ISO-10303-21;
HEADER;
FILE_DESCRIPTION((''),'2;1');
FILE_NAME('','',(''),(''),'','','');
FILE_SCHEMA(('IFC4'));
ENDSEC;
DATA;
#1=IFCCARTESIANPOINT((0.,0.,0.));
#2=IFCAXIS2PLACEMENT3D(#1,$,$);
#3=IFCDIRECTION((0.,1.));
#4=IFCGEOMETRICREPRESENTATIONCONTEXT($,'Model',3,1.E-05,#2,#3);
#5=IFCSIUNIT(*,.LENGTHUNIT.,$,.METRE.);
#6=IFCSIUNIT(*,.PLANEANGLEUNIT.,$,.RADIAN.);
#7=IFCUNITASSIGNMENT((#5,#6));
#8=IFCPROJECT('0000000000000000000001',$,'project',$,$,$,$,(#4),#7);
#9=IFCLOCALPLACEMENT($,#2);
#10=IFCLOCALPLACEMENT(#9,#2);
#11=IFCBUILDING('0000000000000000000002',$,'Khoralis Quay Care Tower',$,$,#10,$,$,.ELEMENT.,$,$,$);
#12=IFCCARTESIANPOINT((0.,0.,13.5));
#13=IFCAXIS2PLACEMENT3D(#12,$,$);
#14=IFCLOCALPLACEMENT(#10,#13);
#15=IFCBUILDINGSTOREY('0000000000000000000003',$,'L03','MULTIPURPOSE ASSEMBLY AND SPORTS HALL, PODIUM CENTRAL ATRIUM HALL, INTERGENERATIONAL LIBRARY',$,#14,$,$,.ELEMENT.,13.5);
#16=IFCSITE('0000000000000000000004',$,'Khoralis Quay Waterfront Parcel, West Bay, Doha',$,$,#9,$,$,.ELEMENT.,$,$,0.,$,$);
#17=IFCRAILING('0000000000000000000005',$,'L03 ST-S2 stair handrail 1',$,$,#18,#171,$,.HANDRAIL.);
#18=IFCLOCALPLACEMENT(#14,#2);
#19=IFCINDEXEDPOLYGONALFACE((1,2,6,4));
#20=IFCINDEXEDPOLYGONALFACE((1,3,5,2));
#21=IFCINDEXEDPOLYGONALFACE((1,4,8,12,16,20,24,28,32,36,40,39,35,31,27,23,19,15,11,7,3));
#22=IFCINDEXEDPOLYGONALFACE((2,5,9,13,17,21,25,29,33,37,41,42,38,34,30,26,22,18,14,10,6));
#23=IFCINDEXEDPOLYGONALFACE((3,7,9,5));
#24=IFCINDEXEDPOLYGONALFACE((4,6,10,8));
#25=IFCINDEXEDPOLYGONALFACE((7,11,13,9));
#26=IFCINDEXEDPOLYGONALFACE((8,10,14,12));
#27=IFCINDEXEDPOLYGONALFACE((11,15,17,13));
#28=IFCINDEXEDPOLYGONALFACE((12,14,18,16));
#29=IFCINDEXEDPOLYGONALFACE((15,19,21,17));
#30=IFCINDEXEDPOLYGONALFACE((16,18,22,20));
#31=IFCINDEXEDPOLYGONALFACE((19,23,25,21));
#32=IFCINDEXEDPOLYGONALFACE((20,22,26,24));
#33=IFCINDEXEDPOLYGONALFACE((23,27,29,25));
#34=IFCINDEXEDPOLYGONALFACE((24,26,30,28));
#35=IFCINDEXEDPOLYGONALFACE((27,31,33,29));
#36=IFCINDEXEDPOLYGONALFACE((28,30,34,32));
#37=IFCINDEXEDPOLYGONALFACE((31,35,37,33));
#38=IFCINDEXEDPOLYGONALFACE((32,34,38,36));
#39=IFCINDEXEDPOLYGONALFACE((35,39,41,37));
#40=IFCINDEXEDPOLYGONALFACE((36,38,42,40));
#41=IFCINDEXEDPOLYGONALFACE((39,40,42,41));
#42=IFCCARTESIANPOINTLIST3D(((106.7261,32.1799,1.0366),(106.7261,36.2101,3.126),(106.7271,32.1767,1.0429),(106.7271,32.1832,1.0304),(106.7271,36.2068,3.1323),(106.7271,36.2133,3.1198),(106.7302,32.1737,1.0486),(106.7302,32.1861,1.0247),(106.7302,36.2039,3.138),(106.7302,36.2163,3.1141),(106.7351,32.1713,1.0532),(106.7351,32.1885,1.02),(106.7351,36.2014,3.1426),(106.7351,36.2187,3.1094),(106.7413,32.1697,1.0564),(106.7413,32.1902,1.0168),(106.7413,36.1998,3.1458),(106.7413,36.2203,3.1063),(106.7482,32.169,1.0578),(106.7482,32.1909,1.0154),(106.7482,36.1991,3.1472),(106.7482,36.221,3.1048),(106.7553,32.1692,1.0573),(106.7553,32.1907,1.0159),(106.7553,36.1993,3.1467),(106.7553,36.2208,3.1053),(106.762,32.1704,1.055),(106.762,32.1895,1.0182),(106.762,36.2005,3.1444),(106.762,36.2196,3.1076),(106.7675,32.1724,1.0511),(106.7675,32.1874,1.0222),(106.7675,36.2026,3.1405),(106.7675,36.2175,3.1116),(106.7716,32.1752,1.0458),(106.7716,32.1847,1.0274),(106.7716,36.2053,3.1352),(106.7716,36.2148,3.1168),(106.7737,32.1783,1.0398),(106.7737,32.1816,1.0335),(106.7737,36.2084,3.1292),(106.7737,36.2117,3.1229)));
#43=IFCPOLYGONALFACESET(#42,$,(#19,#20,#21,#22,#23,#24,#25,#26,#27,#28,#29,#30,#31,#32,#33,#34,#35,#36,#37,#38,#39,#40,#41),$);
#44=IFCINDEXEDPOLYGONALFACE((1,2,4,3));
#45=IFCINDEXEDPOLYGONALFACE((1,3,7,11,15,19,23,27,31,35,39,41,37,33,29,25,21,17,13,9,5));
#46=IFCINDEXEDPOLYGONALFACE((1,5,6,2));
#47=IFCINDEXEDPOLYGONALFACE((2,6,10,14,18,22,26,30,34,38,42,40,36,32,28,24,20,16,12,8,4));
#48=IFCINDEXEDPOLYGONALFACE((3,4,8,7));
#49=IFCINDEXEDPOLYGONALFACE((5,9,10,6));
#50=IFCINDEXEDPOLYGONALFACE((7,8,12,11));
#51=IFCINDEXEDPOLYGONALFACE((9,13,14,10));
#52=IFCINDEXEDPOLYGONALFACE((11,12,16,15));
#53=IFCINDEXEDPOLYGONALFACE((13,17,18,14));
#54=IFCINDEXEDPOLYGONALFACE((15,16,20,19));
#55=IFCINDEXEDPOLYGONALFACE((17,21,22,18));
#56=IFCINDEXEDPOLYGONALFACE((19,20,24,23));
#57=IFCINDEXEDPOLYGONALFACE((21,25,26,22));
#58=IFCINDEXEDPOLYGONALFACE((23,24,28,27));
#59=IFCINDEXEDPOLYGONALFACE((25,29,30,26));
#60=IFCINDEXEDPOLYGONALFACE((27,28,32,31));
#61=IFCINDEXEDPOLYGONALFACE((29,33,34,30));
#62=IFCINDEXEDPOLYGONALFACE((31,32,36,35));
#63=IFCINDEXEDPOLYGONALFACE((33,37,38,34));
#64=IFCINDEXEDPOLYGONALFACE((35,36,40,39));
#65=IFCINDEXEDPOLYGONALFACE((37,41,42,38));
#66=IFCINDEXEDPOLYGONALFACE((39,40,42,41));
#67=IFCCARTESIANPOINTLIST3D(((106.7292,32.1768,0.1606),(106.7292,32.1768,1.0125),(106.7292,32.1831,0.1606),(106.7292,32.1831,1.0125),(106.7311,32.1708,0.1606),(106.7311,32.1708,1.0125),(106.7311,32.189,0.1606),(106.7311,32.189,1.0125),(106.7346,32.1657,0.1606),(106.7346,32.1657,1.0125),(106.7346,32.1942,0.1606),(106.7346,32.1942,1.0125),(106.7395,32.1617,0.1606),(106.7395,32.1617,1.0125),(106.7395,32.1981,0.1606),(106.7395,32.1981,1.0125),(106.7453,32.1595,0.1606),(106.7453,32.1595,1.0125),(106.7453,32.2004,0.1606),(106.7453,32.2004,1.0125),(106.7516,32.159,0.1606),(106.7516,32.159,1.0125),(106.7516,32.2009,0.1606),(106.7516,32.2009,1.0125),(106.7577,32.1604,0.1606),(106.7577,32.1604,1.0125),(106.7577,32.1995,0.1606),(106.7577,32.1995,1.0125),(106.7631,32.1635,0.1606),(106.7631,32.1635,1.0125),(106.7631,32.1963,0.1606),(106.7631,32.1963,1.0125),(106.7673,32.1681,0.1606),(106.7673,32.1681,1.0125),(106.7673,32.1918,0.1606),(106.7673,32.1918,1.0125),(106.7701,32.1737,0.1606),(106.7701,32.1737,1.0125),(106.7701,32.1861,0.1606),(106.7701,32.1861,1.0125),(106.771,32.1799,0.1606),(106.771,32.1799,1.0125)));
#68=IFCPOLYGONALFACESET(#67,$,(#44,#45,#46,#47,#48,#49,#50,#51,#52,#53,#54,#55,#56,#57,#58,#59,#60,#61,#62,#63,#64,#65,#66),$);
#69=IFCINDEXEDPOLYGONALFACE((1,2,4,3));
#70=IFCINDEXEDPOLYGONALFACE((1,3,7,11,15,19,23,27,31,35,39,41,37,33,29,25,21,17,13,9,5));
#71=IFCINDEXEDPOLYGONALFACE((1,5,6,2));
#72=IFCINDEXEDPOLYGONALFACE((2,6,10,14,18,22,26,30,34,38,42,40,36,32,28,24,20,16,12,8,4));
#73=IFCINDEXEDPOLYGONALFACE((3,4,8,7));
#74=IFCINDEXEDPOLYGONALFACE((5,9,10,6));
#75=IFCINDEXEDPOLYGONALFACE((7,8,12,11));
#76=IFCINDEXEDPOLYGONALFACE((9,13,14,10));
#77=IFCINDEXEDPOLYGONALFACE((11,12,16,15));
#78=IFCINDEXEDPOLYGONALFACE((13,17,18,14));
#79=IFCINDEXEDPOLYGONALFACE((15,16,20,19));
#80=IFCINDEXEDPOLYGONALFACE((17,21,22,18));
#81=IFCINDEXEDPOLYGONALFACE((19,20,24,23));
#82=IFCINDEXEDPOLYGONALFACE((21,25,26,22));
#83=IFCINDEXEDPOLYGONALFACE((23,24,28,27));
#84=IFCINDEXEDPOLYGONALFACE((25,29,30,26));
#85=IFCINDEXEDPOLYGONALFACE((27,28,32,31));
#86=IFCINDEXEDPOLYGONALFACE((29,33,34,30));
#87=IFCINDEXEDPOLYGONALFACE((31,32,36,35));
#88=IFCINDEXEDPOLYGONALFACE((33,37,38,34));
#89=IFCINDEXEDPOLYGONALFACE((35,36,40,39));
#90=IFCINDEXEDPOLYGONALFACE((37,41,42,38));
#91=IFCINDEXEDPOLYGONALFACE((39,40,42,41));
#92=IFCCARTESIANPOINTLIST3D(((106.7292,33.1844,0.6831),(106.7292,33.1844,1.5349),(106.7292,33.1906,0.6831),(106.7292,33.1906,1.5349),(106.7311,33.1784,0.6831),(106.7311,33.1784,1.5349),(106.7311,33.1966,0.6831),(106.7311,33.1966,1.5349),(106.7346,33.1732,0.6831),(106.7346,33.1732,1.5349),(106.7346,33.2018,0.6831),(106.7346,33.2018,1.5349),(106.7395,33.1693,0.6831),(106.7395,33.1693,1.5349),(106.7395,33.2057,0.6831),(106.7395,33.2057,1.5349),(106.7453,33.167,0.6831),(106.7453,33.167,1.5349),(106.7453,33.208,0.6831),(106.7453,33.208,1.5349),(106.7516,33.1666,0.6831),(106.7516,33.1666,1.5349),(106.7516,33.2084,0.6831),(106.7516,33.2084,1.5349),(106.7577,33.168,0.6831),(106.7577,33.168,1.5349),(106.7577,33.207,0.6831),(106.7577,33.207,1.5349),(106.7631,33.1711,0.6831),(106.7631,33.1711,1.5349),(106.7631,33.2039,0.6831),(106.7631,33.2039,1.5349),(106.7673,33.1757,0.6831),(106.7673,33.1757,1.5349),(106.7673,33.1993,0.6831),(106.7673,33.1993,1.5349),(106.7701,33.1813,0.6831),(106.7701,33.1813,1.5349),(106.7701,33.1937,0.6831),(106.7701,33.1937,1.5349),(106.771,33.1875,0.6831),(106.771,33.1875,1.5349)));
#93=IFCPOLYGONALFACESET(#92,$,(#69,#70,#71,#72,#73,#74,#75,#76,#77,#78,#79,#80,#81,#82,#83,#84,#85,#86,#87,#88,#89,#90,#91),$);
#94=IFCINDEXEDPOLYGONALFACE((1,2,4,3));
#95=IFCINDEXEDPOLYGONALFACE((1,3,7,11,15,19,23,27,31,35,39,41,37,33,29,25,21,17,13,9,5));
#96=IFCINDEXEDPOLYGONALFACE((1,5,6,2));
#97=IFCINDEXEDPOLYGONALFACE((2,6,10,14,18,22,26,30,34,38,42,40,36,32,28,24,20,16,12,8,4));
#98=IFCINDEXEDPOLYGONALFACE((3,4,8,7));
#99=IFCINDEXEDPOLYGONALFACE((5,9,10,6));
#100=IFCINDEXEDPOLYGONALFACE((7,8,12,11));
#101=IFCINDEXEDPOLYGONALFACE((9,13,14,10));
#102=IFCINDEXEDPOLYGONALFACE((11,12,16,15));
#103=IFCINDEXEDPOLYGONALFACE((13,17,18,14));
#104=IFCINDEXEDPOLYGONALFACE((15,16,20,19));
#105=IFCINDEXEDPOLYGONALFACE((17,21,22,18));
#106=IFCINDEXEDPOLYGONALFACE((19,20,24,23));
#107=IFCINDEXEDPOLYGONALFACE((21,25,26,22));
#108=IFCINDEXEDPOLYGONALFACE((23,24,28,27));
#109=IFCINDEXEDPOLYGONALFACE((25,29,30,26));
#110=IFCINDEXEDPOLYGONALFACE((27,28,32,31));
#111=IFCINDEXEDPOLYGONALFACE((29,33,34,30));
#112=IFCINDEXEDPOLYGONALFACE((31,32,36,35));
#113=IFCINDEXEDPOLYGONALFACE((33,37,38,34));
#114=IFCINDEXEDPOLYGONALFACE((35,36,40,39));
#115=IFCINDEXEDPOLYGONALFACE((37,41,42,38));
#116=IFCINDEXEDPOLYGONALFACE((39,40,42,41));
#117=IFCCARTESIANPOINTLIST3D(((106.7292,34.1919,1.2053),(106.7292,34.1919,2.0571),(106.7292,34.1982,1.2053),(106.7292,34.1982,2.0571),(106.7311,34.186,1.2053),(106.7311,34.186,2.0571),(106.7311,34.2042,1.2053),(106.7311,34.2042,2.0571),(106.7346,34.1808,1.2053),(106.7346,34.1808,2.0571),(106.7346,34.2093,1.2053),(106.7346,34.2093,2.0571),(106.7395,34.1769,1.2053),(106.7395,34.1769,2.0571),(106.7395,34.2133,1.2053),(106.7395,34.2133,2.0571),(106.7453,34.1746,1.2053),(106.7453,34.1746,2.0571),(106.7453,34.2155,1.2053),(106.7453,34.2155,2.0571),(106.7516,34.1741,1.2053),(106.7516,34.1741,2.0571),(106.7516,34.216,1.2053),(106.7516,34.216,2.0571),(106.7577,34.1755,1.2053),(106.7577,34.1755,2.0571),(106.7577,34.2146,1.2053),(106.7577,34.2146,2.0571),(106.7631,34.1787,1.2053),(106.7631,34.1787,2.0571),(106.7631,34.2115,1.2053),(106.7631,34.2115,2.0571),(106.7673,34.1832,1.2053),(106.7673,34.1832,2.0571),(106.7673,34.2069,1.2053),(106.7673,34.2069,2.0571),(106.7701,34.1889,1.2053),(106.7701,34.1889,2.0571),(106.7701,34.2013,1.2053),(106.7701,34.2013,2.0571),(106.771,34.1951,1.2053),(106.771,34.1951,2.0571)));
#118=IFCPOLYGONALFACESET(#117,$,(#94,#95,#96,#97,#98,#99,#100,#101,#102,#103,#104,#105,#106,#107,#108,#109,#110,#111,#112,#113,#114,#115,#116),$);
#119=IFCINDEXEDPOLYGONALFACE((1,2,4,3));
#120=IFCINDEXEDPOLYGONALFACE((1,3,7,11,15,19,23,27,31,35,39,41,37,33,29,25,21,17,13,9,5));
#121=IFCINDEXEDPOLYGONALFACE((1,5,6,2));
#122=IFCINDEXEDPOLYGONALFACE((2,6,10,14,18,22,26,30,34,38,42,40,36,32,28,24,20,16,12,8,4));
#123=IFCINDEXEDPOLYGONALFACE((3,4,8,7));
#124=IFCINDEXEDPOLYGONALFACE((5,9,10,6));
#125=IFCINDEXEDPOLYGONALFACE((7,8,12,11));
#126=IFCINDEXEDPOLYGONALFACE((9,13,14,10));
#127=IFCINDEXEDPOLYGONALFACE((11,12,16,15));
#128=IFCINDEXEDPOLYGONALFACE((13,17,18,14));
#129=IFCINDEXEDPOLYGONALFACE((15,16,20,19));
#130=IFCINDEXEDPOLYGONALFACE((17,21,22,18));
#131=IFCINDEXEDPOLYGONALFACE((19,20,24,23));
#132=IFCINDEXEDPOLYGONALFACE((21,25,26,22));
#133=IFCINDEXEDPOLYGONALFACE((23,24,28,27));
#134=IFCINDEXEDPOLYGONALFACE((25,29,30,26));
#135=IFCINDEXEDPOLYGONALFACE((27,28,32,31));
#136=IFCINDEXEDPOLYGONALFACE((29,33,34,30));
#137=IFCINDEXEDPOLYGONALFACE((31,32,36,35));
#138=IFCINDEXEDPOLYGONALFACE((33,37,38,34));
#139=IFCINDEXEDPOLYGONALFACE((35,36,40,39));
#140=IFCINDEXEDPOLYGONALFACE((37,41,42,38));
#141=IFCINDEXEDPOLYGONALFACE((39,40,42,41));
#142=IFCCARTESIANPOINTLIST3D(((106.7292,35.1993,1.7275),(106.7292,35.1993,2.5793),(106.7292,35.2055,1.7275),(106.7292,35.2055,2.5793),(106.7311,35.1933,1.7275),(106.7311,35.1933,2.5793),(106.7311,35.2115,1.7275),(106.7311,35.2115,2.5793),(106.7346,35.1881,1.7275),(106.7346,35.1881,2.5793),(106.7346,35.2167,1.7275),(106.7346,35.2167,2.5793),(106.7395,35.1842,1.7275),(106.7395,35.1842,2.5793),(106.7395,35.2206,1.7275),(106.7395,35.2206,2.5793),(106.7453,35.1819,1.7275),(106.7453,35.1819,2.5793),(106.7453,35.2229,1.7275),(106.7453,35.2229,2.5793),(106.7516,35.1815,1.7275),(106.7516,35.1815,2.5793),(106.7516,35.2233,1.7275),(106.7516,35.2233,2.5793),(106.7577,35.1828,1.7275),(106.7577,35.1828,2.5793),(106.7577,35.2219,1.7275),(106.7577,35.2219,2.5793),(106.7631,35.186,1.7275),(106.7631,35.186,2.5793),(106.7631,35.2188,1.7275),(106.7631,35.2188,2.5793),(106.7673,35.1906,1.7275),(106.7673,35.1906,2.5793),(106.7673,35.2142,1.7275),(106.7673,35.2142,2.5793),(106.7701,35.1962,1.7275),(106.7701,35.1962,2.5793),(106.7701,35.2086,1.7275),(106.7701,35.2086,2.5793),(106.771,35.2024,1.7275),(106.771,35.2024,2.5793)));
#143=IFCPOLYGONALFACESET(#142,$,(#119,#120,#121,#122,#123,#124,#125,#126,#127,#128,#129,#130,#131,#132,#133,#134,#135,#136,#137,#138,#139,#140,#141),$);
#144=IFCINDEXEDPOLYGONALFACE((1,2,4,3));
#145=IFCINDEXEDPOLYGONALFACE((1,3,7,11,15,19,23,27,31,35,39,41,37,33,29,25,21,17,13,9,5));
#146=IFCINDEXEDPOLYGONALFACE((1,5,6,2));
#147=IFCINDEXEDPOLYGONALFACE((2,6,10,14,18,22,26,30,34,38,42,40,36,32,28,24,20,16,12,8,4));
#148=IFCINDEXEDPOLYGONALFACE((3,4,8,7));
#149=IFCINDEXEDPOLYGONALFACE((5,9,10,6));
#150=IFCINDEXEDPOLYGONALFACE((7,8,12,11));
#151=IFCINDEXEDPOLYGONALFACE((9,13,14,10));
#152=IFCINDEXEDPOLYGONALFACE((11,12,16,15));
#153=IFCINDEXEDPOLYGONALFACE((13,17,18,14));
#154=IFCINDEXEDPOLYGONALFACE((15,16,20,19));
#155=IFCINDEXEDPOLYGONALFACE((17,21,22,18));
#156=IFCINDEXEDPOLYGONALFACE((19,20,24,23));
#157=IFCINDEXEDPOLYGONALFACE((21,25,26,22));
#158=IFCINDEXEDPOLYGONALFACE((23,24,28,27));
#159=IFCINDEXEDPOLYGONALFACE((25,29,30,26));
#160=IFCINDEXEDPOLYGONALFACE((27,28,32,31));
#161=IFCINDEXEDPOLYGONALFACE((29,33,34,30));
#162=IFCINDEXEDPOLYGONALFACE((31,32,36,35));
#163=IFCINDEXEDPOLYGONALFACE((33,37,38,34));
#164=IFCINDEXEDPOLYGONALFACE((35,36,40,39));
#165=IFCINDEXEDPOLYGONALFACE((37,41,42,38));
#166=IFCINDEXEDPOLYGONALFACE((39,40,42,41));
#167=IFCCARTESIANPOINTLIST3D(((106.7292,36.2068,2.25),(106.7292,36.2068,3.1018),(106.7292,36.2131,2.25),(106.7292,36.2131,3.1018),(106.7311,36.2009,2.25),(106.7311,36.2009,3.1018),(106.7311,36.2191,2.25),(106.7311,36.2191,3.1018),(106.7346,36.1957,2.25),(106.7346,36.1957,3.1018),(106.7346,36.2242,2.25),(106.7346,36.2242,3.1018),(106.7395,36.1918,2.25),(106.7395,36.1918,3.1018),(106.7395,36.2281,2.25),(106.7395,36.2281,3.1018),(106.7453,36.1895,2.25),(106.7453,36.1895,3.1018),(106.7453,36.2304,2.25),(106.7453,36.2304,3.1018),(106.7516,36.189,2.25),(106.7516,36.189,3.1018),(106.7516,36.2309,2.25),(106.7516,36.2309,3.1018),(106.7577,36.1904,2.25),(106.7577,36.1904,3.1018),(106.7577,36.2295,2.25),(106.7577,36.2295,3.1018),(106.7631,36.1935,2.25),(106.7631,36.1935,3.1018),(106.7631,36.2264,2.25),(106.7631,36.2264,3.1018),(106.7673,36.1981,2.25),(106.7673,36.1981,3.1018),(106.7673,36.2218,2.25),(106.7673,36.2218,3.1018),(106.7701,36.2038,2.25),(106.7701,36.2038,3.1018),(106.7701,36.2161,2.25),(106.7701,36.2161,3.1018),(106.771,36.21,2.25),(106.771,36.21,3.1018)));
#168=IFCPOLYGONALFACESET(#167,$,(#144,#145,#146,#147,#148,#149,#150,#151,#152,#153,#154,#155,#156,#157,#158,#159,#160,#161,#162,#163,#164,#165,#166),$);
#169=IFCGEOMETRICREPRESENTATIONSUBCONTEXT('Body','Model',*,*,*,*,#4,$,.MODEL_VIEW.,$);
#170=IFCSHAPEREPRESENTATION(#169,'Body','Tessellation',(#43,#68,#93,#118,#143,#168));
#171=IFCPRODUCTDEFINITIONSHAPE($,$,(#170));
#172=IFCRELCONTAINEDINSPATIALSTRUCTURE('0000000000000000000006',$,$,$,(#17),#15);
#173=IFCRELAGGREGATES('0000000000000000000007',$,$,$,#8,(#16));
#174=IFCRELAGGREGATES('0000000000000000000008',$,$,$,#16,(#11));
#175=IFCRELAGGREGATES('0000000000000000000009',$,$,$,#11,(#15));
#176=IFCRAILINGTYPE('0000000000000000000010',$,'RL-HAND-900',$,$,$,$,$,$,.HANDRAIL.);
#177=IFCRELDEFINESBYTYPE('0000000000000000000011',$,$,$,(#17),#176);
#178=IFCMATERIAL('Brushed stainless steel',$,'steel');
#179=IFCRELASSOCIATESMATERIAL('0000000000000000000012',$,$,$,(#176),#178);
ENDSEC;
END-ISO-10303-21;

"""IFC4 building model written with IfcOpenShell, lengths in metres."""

from ifc_helpers import new_model, si_unit, direction, frame, origin, origin_2d, place, context, subcontext, project, spatial, circle, extrude, material, type_object, element, save


model = new_model("IFC4")

# Units and contexts
model_context = context("Model", 3, precision=1e-05, world=origin(), true_north=direction((0.0, 1.0)))
body_context = subcontext(model_context, "Body", "Model", "MODEL_VIEW")
ifc_project = project(units=[si_unit("LENGTHUNIT", "METRE"), si_unit("PLANEANGLEUNIT", "RADIAN")], contexts=[model_context])

# Site, building, storey
site_placement = place(None, origin())
site = spatial("IfcSite", under=ifc_project, at=site_placement, Name="Khoralis Quay Waterfront Parcel, West Bay, Doha", CompositionType="ELEMENT", RefElevation=0.0)
building_placement = place(site_placement, origin())
building = spatial("IfcBuilding", under=site, at=building_placement, Name="Khoralis Quay Care Tower", CompositionType="ELEMENT")
storey_placement = place(building_placement, frame((0.0, 0.0, 13.5)))
storey = spatial("IfcBuildingStorey", under=building, at=storey_placement, Name="L03", Description="MULTIPURPOSE ASSEMBLY AND SPORTS HALL, PODIUM CENTRAL ATRIUM HALL, INTERGENERATIONAL LIBRARY", CompositionType="ELEMENT", Elevation=13.5)

# Railing
ifc_material_1 = material(Name="Brushed stainless steel", Category="steel")
railing_type_1 = type_object("IfcRailingType", Name="RL-HAND-900", PredefinedType="HANDRAIL", material=ifc_material_1)
railing_1_placement = place(storey_placement, frame((106.75, 32.1799, 0.1606)))
element("IfcRailing", 1, at=railing_1_placement, inside=storey, type_object=railing_type_1, Name="L03 ST-S2 stair handrail 1", PredefinedType="HANDRAIL", context=body_context, shape_type="SweptSolid", body=[
    extrude(circle(Radius=0.0239, at=origin_2d()), frame((0.0, 0.0, 0.876), z_axis=(0.0, 0.887781, 0.460267), x_axis=(-1.0, 0.0, 0.0)), (0.0, 0.0, 1.0), 4.5396),
    extrude(circle(Radius=0.021, at=origin_2d()), origin(), (0.0, 0.0, 1.0), 0.8518),
    extrude(circle(Radius=0.021, at=origin_2d()), frame((0.0, 1.0076, 0.5225)), (0.0, 0.0, 1.0), 0.8518),
    extrude(circle(Radius=0.021, at=origin_2d()), frame((0.0, 2.0151, 1.0447)), (0.0, 0.0, 1.0), 0.8518),
    extrude(circle(Radius=0.021, at=origin_2d()), frame((0.0, 3.0225, 1.5669)), (0.0, 0.0, 1.0), 0.8518),
    extrude(circle(Radius=0.021, at=origin_2d()), frame((0.0, 4.03, 2.0894)), (0.0, 0.0, 1.0), 0.8518),
])

save(model, "model.ifc")
